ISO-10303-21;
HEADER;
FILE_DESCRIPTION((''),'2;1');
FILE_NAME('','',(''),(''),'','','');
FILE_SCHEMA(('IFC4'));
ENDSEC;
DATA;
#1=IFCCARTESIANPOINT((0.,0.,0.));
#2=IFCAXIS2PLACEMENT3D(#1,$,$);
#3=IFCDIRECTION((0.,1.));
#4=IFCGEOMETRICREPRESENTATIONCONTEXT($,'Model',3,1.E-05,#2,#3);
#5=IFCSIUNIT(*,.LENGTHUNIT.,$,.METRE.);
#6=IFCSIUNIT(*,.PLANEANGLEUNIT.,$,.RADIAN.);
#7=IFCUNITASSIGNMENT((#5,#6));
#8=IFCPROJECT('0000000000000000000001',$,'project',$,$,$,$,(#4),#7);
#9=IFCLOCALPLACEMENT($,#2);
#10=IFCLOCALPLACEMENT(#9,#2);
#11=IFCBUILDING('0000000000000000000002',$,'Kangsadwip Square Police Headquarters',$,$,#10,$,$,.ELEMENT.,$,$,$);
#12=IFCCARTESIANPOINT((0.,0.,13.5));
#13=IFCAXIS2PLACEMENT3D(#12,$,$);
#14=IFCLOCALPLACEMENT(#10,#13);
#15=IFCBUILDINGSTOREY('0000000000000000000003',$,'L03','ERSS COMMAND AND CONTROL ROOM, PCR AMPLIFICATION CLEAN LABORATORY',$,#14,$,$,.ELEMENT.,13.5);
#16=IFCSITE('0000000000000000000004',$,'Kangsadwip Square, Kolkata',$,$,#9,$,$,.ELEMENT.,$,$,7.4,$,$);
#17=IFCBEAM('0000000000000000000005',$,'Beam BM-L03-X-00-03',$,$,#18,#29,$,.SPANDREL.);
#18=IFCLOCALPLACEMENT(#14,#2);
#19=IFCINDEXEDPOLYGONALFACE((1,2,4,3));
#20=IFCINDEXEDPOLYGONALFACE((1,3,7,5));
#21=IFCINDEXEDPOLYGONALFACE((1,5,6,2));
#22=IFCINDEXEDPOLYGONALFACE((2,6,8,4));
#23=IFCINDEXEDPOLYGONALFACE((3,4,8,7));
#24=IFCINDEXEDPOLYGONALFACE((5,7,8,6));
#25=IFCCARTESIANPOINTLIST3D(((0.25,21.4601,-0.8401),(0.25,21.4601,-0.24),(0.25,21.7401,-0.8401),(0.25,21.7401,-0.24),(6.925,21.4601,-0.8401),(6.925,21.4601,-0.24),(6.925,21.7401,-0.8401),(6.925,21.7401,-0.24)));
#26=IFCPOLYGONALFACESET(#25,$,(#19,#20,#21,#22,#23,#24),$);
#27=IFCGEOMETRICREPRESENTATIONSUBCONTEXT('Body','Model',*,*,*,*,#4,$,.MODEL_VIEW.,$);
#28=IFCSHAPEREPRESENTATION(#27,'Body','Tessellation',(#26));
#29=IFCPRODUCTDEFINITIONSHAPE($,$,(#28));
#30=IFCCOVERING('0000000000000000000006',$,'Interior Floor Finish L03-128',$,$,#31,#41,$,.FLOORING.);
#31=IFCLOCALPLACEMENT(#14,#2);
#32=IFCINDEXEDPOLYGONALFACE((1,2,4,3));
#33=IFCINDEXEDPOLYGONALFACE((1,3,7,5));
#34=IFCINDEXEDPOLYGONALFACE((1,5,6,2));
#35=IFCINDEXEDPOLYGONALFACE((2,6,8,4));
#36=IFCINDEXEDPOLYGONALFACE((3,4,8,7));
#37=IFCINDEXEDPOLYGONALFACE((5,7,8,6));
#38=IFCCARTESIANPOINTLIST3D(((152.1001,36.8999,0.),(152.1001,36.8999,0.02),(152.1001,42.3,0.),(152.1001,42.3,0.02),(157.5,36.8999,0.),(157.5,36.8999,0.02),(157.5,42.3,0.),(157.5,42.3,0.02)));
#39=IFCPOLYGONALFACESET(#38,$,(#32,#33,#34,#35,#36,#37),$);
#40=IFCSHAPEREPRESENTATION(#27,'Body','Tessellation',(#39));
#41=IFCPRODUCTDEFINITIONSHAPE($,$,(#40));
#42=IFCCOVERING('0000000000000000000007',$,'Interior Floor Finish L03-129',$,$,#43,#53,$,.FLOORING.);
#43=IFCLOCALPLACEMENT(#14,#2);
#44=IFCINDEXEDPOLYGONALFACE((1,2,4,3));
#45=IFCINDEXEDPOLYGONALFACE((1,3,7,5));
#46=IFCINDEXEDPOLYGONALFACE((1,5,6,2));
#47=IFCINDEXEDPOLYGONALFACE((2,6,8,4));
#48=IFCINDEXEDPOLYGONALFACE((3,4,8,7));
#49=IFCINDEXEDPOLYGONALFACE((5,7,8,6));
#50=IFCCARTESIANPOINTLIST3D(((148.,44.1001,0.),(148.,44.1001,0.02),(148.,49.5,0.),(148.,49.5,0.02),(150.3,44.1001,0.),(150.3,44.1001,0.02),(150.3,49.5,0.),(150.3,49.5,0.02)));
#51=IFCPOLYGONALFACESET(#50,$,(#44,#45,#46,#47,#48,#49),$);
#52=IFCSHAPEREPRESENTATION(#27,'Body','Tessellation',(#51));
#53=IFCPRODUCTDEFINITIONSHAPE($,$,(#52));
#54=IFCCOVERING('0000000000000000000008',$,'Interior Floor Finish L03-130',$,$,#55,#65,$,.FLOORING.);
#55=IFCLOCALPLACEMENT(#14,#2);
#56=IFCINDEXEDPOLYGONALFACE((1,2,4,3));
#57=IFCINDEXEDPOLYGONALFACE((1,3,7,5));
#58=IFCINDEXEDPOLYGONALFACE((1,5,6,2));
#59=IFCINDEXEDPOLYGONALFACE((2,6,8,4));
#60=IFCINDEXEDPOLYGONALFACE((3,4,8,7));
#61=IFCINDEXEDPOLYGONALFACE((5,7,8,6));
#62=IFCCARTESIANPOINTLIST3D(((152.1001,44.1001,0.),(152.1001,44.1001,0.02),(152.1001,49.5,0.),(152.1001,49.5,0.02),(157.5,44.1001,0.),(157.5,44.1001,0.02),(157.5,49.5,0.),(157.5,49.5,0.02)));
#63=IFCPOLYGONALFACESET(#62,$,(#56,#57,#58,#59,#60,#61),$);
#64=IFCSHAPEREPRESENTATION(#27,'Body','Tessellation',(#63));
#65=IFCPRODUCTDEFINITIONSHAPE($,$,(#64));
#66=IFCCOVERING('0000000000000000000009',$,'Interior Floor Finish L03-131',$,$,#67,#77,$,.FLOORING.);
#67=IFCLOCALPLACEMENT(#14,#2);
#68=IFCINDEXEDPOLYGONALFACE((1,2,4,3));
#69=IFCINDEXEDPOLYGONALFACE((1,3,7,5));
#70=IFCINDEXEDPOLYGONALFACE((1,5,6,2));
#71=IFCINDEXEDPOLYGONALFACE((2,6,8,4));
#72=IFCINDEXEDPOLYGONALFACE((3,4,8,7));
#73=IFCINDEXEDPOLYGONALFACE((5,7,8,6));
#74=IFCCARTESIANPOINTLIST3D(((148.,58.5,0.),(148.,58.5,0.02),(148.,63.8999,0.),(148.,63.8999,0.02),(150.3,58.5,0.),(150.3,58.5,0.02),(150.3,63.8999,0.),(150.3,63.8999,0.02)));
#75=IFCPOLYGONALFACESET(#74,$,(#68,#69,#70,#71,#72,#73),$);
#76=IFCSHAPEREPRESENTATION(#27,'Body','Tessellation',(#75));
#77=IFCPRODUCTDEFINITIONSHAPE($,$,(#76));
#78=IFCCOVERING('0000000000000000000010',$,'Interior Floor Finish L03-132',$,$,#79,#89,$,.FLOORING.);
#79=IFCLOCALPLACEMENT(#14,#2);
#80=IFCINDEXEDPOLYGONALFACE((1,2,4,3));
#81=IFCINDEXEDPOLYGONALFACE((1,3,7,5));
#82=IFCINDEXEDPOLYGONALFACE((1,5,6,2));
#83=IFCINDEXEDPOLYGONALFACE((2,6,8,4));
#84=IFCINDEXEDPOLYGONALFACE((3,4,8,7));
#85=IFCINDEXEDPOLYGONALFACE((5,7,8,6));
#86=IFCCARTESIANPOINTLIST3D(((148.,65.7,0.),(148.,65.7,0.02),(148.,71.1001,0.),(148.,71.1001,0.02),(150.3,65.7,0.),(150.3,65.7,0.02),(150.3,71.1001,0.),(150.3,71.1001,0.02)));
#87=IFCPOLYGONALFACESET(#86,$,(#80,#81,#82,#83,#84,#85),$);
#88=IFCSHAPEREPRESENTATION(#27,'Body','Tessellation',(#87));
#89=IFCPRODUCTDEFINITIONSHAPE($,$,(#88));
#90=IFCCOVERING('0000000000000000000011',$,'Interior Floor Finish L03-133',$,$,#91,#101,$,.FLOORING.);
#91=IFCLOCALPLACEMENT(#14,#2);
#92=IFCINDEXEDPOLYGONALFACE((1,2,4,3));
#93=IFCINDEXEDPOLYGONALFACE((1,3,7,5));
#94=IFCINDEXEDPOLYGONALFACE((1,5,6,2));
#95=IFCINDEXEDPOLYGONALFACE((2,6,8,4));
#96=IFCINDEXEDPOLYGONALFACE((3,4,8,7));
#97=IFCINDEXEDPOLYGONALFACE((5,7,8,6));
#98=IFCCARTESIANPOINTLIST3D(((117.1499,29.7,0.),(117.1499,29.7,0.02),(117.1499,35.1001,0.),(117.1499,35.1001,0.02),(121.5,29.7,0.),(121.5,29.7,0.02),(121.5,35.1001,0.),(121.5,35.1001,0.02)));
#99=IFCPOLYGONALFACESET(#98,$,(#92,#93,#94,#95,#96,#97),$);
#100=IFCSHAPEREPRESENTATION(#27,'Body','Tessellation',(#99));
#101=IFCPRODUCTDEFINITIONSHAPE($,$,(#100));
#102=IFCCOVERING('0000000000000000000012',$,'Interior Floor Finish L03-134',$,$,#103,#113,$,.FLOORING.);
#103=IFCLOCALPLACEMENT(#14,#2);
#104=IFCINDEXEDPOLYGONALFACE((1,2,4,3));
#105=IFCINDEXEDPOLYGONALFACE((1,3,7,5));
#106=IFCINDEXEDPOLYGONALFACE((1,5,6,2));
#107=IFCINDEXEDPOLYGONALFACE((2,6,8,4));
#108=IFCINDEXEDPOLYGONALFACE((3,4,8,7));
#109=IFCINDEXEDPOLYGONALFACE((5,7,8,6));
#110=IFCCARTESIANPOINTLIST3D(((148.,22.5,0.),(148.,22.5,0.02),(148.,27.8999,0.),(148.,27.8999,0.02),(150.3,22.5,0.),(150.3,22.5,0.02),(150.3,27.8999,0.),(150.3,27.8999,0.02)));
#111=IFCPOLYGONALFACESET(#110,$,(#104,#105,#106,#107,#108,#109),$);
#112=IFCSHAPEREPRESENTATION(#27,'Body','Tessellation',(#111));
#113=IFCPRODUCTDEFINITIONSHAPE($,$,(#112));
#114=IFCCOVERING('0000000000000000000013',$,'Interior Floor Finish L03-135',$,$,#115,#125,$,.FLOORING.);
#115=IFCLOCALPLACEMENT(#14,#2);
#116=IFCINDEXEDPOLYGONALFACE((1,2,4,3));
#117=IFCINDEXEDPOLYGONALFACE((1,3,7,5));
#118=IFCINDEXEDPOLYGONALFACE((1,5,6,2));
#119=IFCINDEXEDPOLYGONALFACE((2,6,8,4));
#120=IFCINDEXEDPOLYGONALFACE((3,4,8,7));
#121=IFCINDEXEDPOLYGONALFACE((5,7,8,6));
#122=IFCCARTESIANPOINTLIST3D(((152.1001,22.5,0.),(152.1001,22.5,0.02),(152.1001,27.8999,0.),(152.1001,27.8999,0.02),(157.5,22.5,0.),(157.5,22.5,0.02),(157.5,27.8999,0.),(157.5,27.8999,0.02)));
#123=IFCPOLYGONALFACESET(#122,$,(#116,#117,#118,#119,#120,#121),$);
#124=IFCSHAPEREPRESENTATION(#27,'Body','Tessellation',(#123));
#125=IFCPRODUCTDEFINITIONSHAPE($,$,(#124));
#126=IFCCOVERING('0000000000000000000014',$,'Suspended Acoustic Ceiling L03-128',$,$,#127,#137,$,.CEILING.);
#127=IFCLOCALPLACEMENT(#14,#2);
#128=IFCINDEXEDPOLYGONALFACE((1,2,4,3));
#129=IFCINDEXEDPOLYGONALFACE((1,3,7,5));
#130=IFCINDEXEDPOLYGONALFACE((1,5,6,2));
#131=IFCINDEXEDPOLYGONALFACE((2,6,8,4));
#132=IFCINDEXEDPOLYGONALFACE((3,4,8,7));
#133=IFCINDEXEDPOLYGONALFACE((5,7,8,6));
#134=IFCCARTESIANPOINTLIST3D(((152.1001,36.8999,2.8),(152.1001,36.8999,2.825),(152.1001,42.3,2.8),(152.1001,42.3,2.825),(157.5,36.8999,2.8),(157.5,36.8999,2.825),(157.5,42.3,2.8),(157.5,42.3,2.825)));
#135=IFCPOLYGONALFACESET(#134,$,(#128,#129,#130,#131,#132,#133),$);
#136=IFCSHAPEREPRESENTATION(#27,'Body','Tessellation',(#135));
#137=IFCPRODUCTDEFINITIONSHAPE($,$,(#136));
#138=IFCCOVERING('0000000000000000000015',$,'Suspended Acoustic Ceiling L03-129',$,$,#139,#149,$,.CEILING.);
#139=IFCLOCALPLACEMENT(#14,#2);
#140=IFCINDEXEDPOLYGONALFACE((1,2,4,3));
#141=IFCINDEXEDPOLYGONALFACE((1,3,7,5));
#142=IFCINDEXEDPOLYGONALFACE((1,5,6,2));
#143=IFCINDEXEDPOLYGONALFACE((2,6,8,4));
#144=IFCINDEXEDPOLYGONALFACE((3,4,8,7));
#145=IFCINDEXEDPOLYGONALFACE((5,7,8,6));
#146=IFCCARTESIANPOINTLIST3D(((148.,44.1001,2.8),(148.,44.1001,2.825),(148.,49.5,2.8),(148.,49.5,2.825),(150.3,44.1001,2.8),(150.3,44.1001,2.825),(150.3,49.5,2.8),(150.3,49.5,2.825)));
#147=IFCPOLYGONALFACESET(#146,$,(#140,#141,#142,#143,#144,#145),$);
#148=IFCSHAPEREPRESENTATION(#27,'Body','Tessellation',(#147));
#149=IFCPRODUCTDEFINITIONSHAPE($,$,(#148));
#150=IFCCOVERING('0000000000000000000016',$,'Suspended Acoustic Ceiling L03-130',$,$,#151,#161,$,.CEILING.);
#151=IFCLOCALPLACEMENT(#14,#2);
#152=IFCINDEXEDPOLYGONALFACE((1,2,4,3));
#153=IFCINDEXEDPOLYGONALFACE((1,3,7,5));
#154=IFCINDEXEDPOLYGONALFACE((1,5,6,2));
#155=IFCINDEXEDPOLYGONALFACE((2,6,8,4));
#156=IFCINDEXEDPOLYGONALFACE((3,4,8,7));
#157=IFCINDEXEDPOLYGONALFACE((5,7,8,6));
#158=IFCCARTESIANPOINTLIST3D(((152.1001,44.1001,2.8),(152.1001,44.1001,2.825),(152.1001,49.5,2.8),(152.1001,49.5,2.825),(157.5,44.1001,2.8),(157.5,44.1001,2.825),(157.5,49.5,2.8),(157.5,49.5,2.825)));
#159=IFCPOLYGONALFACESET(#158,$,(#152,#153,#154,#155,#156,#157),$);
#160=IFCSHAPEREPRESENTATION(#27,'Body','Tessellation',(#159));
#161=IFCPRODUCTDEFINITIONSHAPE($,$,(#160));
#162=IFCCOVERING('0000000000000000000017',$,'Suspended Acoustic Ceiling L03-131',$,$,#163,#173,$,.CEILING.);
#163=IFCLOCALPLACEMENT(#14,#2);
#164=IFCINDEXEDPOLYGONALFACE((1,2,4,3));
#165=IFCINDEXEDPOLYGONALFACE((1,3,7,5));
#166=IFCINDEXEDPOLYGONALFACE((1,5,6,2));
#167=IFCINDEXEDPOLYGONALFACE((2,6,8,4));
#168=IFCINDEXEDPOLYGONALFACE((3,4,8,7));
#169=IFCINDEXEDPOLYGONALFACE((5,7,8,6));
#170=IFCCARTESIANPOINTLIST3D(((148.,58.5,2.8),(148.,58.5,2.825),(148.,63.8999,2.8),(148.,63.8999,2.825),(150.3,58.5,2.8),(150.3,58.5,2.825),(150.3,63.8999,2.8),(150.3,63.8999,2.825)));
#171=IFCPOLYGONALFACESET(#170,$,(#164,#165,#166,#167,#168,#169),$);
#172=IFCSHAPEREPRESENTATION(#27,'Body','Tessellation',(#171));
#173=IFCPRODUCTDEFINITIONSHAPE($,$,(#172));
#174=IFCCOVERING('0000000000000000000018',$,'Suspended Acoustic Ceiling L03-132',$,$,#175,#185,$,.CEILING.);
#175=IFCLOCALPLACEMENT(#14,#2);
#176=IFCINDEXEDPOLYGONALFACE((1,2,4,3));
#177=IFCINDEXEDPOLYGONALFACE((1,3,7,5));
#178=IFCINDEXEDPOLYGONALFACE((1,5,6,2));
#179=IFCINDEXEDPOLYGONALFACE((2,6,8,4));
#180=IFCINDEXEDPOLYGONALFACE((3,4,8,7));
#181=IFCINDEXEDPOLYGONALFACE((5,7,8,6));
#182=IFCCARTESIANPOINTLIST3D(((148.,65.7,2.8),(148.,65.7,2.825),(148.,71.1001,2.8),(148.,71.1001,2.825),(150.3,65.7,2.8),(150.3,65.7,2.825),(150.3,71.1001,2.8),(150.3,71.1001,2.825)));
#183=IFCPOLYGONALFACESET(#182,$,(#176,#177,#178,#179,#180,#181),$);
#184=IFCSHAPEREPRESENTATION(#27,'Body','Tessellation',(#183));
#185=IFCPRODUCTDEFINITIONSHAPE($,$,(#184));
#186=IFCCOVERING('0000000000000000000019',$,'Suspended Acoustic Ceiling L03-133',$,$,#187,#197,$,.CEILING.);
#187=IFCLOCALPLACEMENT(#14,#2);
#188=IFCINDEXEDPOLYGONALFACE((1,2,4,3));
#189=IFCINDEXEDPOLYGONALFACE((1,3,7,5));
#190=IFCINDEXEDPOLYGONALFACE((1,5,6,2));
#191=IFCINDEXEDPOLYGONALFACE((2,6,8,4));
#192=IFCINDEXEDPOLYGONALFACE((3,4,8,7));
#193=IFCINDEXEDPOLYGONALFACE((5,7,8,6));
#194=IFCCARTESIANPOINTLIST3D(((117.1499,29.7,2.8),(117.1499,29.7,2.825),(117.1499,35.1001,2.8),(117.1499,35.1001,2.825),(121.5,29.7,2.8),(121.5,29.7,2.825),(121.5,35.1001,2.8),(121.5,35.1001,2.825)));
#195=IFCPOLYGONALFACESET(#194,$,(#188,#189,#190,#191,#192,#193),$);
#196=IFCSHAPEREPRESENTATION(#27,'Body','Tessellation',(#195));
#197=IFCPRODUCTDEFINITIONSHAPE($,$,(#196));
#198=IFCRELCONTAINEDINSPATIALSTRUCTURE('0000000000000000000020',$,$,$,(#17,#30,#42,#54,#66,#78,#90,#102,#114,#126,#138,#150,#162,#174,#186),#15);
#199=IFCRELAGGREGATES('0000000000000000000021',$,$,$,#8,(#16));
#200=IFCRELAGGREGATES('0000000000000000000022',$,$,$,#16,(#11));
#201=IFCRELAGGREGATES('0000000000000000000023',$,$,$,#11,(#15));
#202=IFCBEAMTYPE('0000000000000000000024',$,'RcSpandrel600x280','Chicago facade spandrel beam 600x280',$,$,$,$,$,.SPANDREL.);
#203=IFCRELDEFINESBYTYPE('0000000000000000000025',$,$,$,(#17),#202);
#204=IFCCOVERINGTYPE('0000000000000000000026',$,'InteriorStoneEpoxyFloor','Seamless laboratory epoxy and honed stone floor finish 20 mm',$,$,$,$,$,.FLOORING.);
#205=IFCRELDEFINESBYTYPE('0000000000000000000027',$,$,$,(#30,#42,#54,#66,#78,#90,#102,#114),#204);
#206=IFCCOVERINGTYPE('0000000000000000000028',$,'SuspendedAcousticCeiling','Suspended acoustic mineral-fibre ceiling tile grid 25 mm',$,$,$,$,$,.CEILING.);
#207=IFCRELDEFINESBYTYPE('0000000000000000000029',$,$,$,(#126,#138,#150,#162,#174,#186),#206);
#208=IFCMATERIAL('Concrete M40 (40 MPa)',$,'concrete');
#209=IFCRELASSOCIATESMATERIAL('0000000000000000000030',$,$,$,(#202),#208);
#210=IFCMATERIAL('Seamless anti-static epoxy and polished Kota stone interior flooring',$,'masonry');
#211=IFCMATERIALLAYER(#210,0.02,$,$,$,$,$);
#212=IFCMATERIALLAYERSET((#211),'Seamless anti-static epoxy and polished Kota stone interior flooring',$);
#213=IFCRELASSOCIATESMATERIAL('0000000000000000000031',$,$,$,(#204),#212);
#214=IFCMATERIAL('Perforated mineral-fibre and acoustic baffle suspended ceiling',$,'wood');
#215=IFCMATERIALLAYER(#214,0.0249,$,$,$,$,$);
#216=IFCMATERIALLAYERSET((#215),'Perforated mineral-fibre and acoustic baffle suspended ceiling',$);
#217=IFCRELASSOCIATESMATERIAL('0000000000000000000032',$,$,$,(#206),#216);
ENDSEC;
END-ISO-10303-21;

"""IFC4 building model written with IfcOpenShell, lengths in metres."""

from ifc_helpers import new_model, si_unit, direction, frame, origin, origin_2d, place, context, subcontext, project, spatial, polyline, rectangle, outline, extrude, material, layer, layer_set, material_profile, profile_set, type_object, element, save


model = new_model("IFC4")

# Units and contexts
model_context = context("Model", 3, precision=1e-05, world=origin(), true_north=direction((0.0, 1.0)))
body_context = subcontext(model_context, "Body", "Model", "MODEL_VIEW")
ifc_project = project(units=[si_unit("LENGTHUNIT", "METRE"), si_unit("PLANEANGLEUNIT", "RADIAN")], contexts=[model_context])

# Site, building, storey
site_placement = place(None, origin())
site = spatial("IfcSite", under=ifc_project, at=site_placement, Name="Kangsadwip Square, Kolkata", CompositionType="ELEMENT", RefElevation=7.4)
building_placement = place(site_placement, origin())
building = spatial("IfcBuilding", under=site, at=building_placement, Name="Kangsadwip Square Police Headquarters", CompositionType="ELEMENT")
storey_placement = place(building_placement, frame((0.0, 0.0, 13.5)))
storey = spatial("IfcBuildingStorey", under=building, at=storey_placement, Name="L03", Description="ERSS COMMAND AND CONTROL ROOM, PCR AMPLIFICATION CLEAN LABORATORY", CompositionType="ELEMENT", Elevation=13.5)

# Beam
ifc_material_1 = material(Name="Concrete M40 (40 MPa)", Category="concrete")
ifc_material_profile = material_profile(ifc_material_1, rectangle(XDim=0.28, YDim=0.6001, at=origin_2d()), Name="RC SPN 600X280")
ifc_profile_set = profile_set([ifc_material_profile], Name="Concrete M40 (40 MPa)")
beam_type = type_object("IfcBeamType", Name="RcSpandrel600x280", Description="Chicago facade spandrel beam 600x280", PredefinedType="SPANDREL", material=ifc_profile_set)
beam_placement = place(storey_placement, frame((0.25, 21.6001, -0.54), z_axis=(1.0, 0.0, 0.0), x_axis=(0.0, 1.0, 0.0)))
element("IfcBeam", 1, at=beam_placement, inside=storey, type_object=beam_type, Name="Beam BM-L03-X-00-03", PredefinedType="SPANDREL", context=body_context, shape_type="SweptSolid", body=[
    extrude(rectangle(XDim=0.28, YDim=0.6001, at=origin_2d()), origin(), (0.0, 0.0, 1.0), 6.675),
])

# Coverings
ifc_material_2 = material(Name="Seamless anti-static epoxy and polished Kota stone interior flooring", Category="masonry")
ifc_layer_1 = layer(ifc_material_2, 0.02)
ifc_layer_set_1 = layer_set([ifc_layer_1], Name="Seamless anti-static epoxy and polished Kota stone interior flooring")
covering_type_1 = type_object("IfcCoveringType", Name="InteriorStoneEpoxyFloor", Description="Seamless laboratory epoxy and honed stone floor finish 20 mm", PredefinedType="FLOORING", material=ifc_layer_set_1)
covering_1_placement = place(storey_placement, origin())
element("IfcCovering", 2, at=covering_1_placement, inside=storey, type_object=covering_type_1, Name="Interior Floor Finish L03-128", PredefinedType="FLOORING", context=body_context, shape_type="SweptSolid", body=[
    extrude(outline(polyline([(152.1001, 36.8999), (157.5, 36.8999), (157.5, 42.3), (152.1001, 42.3), (152.1001, 36.8999)])), origin(), (0.0, 0.0, 1.0), 0.02),
])
covering_2_placement = place(storey_placement, origin())
element("IfcCovering", 3, at=covering_2_placement, inside=storey, type_object=covering_type_1, Name="Interior Floor Finish L03-129", PredefinedType="FLOORING", context=body_context, shape_type="SweptSolid", body=[
    extrude(outline(polyline([(148.0, 44.1001), (150.3, 44.1001), (150.3, 49.5), (148.0, 49.5), (148.0, 44.1001)])), origin(), (0.0, 0.0, 1.0), 0.02),
])
covering_3_placement = place(storey_placement, origin())
element("IfcCovering", 4, at=covering_3_placement, inside=storey, type_object=covering_type_1, Name="Interior Floor Finish L03-130", PredefinedType="FLOORING", context=body_context, shape_type="SweptSolid", body=[
    extrude(outline(polyline([(152.1001, 44.1001), (157.5, 44.1001), (157.5, 49.5), (152.1001, 49.5), (152.1001, 44.1001)])), origin(), (0.0, 0.0, 1.0), 0.02),
])
covering_4_placement = place(storey_placement, origin())
element("IfcCovering", 5, at=covering_4_placement, inside=storey, type_object=covering_type_1, Name="Interior Floor Finish L03-131", PredefinedType="FLOORING", context=body_context, shape_type="SweptSolid", body=[
    extrude(outline(polyline([(148.0, 58.5), (150.3, 58.5), (150.3, 63.8999), (148.0, 63.8999), (148.0, 58.5)])), origin(), (0.0, 0.0, 1.0), 0.02),
])
covering_5_placement = place(storey_placement, origin())
element("IfcCovering", 6, at=covering_5_placement, inside=storey, type_object=covering_type_1, Name="Interior Floor Finish L03-132", PredefinedType="FLOORING", context=body_context, shape_type="SweptSolid", body=[
    extrude(outline(polyline([(148.0, 65.7), (150.3, 65.7), (150.3, 71.1001), (148.0, 71.1001), (148.0, 65.7)])), origin(), (0.0, 0.0, 1.0), 0.02),
])
covering_6_placement = place(storey_placement, origin())
element("IfcCovering", 7, at=covering_6_placement, inside=storey, type_object=covering_type_1, Name="Interior Floor Finish L03-133", PredefinedType="FLOORING", context=body_context, shape_type="SweptSolid", body=[
    extrude(outline(polyline([(117.1499, 29.7), (121.5, 29.7), (121.5, 35.1001), (117.1499, 35.1001), (117.1499, 29.7)])), origin(), (0.0, 0.0, 1.0), 0.02),
])
covering_7_placement = place(storey_placement, origin())
element("IfcCovering", 8, at=covering_7_placement, inside=storey, type_object=covering_type_1, Name="Interior Floor Finish L03-134", PredefinedType="FLOORING", context=body_context, shape_type="SweptSolid", body=[
    extrude(outline(polyline([(148.0, 22.5), (150.3, 22.5), (150.3, 27.8999), (148.0, 27.8999), (148.0, 22.5)])), origin(), (0.0, 0.0, 1.0), 0.02),
])
covering_8_placement = place(storey_placement, origin())
element("IfcCovering", 9, at=covering_8_placement, inside=storey, type_object=covering_type_1, Name="Interior Floor Finish L03-135", PredefinedType="FLOORING", context=body_context, shape_type="SweptSolid", body=[
    extrude(outline(polyline([(152.1001, 22.5), (157.5, 22.5), (157.5, 27.8999), (152.1001, 27.8999), (152.1001, 22.5)])), origin(), (0.0, 0.0, 1.0), 0.02),
])
ifc_material_3 = material(Name="Perforated mineral-fibre and acoustic baffle suspended ceiling", Category="wood")
ifc_layer_2 = layer(ifc_material_3, 0.0249)
ifc_layer_set_2 = layer_set([ifc_layer_2], Name="Perforated mineral-fibre and acoustic baffle suspended ceiling")
covering_type_2 = type_object("IfcCoveringType", Name="SuspendedAcousticCeiling", Description="Suspended acoustic mineral-fibre ceiling tile grid 25 mm", PredefinedType="CEILING", material=ifc_layer_set_2)
covering_9_placement = place(storey_placement, frame((0.0, 0.0, 2.8)))
element("IfcCovering", 10, at=covering_9_placement, inside=storey, type_object=covering_type_2, Name="Suspended Acoustic Ceiling L03-128", PredefinedType="CEILING", context=body_context, shape_type="SweptSolid", body=[
    extrude(outline(polyline([(152.1001, 36.8999), (157.5, 36.8999), (157.5, 42.3), (152.1001, 42.3), (152.1001, 36.8999)])), origin(), (0.0, 0.0, 1.0), 0.0249),
])
covering_10_placement = place(storey_placement, frame((0.0, 0.0, 2.8)))
element("IfcCovering", 11, at=covering_10_placement, inside=storey, type_object=covering_type_2, Name="Suspended Acoustic Ceiling L03-129", PredefinedType="CEILING", context=body_context, shape_type="SweptSolid", body=[
    extrude(outline(polyline([(148.0, 44.1001), (150.3, 44.1001), (150.3, 49.5), (148.0, 49.5), (148.0, 44.1001)])), origin(), (0.0, 0.0, 1.0), 0.0249),
])
covering_11_placement = place(storey_placement, frame((0.0, 0.0, 2.8)))
element("IfcCovering", 12, at=covering_11_placement, inside=storey, type_object=covering_type_2, Name="Suspended Acoustic Ceiling L03-130", PredefinedType="CEILING", context=body_context, shape_type="SweptSolid", body=[
    extrude(outline(polyline([(152.1001, 44.1001), (157.5, 44.1001), (157.5, 49.5), (152.1001, 49.5), (152.1001, 44.1001)])), origin(), (0.0, 0.0, 1.0), 0.0249),
])
covering_12_placement = place(storey_placement, frame((0.0, 0.0, 2.8)))
element("IfcCovering", 13, at=covering_12_placement, inside=storey, type_object=covering_type_2, Name="Suspended Acoustic Ceiling L03-131", PredefinedType="CEILING", context=body_context, shape_type="SweptSolid", body=[
    extrude(outline(polyline([(148.0, 58.5), (150.3, 58.5), (150.3, 63.8999), (148.0, 63.8999), (148.0, 58.5)])), origin(), (0.0, 0.0, 1.0), 0.0249),
])
covering_13_placement = place(storey_placement, frame((0.0, 0.0, 2.8)))
element("IfcCovering", 14, at=covering_13_placement, inside=storey, type_object=covering_type_2, Name="Suspended Acoustic Ceiling L03-132", PredefinedType="CEILING", context=body_context, shape_type="SweptSolid", body=[
    extrude(outline(polyline([(148.0, 65.7), (150.3, 65.7), (150.3, 71.1001), (148.0, 71.1001), (148.0, 65.7)])), origin(), (0.0, 0.0, 1.0), 0.0249),
])
covering_14_placement = place(storey_placement, frame((0.0, 0.0, 2.8)))
element("IfcCovering", 15, at=covering_14_placement, inside=storey, type_object=covering_type_2, Name="Suspended Acoustic Ceiling L03-133", PredefinedType="CEILING", context=body_context, shape_type="SweptSolid", body=[
    extrude(outline(polyline([(117.1499, 29.7), (121.5, 29.7), (121.5, 35.1001), (117.1499, 35.1001), (117.1499, 29.7)])), origin(), (0.0, 0.0, 1.0), 0.0249),
])

save(model, "model.ifc")
